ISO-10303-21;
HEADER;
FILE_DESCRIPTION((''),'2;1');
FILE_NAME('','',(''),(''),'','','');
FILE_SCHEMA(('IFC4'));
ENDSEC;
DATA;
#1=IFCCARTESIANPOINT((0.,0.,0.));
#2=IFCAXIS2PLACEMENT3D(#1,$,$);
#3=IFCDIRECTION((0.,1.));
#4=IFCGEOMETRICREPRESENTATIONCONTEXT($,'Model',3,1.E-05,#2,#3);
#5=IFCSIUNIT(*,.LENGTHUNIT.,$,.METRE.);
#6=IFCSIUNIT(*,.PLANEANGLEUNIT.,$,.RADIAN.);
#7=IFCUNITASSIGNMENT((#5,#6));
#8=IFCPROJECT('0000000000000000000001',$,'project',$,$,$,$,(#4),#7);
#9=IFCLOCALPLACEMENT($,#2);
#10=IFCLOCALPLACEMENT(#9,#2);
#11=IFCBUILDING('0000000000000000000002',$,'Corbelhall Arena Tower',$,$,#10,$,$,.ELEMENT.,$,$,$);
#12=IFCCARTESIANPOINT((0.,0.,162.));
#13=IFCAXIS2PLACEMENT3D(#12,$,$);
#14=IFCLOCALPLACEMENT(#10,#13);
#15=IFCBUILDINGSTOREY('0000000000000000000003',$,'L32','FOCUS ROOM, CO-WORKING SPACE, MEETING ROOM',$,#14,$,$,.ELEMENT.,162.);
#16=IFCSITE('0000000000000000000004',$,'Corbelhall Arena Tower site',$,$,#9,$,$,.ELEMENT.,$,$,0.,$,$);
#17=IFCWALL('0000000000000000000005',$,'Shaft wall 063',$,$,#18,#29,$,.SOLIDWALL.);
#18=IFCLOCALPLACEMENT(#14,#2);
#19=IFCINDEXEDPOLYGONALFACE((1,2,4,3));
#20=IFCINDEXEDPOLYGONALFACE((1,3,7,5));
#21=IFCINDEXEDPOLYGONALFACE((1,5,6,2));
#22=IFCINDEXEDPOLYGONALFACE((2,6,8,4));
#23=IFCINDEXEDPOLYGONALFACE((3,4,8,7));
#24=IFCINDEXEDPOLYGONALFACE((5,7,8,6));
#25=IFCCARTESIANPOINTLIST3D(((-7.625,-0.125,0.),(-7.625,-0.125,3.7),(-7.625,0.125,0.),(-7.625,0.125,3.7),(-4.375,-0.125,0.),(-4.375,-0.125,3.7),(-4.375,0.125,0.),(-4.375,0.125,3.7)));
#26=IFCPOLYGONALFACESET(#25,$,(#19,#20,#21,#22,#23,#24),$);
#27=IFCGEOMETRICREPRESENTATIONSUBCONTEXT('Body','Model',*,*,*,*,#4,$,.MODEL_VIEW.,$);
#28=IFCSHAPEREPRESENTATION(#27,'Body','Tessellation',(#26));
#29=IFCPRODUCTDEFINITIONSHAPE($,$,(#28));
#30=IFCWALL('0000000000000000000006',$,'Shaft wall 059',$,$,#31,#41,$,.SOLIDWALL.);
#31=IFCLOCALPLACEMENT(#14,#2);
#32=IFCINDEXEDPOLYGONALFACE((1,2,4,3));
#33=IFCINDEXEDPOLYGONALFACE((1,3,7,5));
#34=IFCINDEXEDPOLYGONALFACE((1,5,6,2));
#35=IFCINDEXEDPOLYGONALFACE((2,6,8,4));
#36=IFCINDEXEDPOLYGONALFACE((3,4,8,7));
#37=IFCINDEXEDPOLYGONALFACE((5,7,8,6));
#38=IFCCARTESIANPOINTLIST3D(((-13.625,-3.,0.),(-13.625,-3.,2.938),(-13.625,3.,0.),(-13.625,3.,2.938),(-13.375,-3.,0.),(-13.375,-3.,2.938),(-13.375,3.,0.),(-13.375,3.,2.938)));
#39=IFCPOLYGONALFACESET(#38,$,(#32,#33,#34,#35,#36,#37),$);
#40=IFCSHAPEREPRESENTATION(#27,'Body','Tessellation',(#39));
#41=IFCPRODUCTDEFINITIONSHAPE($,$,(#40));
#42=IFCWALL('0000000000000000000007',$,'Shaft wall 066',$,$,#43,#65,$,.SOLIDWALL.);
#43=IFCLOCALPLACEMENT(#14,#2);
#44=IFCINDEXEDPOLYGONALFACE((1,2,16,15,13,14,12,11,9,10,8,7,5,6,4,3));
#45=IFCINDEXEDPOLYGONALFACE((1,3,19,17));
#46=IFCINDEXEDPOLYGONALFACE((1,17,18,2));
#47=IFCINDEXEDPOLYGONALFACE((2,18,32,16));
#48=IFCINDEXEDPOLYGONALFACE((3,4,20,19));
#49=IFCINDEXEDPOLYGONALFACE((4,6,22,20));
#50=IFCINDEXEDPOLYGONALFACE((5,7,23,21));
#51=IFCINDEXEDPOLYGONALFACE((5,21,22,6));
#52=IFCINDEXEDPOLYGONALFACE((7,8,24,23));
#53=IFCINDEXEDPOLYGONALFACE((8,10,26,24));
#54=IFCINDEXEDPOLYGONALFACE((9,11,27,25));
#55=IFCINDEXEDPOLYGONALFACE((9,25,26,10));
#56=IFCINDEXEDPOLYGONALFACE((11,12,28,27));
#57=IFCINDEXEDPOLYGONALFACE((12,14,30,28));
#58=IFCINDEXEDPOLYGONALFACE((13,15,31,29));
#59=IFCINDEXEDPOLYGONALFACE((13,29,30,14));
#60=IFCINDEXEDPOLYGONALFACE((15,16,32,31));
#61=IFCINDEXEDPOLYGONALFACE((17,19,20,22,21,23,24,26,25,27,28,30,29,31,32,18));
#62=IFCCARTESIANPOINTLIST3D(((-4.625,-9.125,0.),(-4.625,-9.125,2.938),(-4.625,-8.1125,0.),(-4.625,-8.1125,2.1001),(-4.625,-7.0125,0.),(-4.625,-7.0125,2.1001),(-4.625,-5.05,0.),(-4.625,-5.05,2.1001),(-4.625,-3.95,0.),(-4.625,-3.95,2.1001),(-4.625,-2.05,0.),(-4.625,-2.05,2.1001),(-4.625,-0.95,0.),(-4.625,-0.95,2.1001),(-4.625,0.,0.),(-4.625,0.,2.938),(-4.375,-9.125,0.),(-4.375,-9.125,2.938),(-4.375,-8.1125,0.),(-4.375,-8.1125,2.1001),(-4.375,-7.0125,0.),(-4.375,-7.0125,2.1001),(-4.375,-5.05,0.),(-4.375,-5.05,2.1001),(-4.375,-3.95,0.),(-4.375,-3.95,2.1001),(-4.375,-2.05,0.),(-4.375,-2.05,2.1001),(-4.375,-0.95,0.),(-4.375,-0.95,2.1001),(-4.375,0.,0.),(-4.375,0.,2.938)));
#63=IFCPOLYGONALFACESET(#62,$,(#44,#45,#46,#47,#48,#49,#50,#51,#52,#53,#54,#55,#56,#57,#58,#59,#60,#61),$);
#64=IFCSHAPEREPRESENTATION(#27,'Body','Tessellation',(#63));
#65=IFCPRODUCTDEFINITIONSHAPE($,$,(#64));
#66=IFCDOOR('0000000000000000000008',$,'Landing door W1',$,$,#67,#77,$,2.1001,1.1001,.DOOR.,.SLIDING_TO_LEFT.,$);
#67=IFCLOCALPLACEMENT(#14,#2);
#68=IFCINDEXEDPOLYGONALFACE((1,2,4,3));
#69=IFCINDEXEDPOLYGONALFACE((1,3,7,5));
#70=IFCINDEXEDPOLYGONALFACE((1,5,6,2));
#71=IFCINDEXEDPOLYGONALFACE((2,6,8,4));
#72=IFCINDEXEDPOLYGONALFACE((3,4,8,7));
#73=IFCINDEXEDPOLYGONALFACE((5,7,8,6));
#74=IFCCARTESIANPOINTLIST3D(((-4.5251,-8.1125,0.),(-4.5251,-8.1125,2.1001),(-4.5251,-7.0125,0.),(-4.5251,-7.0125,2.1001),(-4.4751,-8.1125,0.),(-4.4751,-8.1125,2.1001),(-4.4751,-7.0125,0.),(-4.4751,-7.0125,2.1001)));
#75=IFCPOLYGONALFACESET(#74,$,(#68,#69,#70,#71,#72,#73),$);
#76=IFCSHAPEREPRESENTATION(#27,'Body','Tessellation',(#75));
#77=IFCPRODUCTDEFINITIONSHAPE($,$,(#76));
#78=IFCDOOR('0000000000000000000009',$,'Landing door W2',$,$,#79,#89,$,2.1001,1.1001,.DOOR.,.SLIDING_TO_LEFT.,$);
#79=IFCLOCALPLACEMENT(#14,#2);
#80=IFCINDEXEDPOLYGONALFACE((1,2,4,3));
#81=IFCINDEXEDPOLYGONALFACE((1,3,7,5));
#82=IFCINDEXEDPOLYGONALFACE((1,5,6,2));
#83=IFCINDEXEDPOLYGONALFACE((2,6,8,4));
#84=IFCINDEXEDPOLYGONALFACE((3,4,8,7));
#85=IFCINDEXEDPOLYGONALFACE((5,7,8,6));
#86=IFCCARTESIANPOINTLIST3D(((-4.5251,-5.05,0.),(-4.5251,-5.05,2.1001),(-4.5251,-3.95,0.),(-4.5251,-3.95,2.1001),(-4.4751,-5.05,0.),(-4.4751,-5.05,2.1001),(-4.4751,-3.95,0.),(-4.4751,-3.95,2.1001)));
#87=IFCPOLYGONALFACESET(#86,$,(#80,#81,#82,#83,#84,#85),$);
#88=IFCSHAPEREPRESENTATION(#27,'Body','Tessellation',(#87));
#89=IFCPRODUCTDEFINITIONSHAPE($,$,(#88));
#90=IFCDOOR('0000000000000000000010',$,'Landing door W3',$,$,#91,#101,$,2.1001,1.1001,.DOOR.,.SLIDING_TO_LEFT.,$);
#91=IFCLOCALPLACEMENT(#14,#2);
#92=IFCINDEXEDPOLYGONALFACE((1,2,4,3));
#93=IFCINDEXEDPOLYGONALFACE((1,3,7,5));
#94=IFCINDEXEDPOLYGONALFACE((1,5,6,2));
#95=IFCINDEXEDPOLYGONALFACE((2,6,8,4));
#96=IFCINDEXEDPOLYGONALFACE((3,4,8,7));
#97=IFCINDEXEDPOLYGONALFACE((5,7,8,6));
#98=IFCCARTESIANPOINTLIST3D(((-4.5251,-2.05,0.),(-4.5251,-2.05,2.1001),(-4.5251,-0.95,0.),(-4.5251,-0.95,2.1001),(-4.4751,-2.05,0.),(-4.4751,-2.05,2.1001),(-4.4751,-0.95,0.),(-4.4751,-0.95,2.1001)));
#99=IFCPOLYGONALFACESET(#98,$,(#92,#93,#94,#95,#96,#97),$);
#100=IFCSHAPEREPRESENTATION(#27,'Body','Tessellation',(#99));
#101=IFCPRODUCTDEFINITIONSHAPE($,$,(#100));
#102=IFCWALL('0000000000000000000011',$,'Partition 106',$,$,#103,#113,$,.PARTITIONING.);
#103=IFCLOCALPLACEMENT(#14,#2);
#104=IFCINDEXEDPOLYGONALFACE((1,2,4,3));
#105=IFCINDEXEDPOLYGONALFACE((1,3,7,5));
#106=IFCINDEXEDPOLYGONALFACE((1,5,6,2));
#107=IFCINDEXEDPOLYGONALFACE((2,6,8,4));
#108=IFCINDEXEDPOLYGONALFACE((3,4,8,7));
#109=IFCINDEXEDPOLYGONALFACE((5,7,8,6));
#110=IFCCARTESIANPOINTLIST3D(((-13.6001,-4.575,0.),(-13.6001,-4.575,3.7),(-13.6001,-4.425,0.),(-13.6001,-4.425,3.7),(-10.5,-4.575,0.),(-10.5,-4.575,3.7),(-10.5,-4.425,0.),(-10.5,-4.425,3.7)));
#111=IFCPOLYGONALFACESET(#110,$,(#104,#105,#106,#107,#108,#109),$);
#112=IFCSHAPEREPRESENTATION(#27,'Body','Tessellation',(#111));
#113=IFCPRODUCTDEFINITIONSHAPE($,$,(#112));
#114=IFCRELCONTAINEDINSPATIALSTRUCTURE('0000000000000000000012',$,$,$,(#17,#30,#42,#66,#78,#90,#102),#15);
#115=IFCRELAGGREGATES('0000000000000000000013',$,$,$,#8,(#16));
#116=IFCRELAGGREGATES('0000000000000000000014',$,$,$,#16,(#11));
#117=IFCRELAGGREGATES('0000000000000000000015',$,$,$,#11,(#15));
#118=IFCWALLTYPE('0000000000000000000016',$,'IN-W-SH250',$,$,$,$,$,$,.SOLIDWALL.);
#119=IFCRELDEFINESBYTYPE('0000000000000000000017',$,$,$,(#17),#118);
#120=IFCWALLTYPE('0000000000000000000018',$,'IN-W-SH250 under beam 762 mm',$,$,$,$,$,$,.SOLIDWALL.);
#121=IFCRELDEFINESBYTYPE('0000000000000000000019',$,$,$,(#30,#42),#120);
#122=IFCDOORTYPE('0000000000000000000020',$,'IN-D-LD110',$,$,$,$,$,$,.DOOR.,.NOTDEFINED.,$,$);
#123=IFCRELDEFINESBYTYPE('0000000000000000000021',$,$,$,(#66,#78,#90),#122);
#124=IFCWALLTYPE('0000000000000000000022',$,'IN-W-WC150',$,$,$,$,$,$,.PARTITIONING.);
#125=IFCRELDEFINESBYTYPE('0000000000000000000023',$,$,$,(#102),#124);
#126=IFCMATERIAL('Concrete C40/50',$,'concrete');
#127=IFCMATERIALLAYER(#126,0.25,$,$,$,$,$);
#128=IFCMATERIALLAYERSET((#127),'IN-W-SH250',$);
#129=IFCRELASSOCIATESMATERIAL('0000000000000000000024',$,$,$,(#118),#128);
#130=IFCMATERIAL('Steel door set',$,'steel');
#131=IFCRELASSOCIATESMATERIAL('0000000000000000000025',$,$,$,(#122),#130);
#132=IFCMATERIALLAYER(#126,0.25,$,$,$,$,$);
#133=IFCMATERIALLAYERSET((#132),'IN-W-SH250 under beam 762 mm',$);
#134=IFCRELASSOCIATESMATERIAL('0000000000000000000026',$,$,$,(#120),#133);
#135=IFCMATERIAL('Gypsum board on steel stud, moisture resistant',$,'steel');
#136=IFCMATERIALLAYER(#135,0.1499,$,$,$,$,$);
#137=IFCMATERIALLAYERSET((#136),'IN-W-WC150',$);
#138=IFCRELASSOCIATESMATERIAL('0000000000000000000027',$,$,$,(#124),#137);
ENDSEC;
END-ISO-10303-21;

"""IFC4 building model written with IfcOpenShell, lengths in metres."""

from ifc_helpers import new_model, si_unit, direction, frame, frame_2d, origin, place, context, subcontext, project, spatial, rectangle, extrude, material, layer, layer_set, type_object, element, fill, save


model = new_model("IFC4")

# Units and contexts
model_context = context("Model", 3, precision=1e-05, world=origin(), true_north=direction((0.0, 1.0)))
body_context = subcontext(model_context, "Body", "Model", "MODEL_VIEW")
ifc_project = project(units=[si_unit("LENGTHUNIT", "METRE"), si_unit("PLANEANGLEUNIT", "RADIAN")], contexts=[model_context])

# Site, building, storey
site_placement = place(None, origin())
site = spatial("IfcSite", under=ifc_project, at=site_placement, Name="Corbelhall Arena Tower site", CompositionType="ELEMENT", RefElevation=0.0)
building_placement = place(site_placement, origin())
building = spatial("IfcBuilding", under=site, at=building_placement, Name="Corbelhall Arena Tower", CompositionType="ELEMENT")
storey_placement = place(building_placement, frame((0.0, 0.0, 162.0)))
storey = spatial("IfcBuildingStorey", under=building, at=storey_placement, Name="L32", Description="FOCUS ROOM, CO-WORKING SPACE, MEETING ROOM", CompositionType="ELEMENT", Elevation=162.0)

# Shared definitions
ifc_material_1 = material(Name="Steel door set", Category="steel")

# Shared definitions
ifc_material_2 = material(Name="Concrete C40/50", Category="concrete")
ifc_layer_1 = layer(ifc_material_2, 0.25)
ifc_layer_set_1 = layer_set([ifc_layer_1], Name="IN-W-SH250")
wall_type_1 = type_object("IfcWallType", Name="IN-W-SH250", PredefinedType="SOLIDWALL", material=ifc_layer_set_1)

# Shared definitions
door_type_1 = type_object("IfcDoorType", Name="IN-D-LD110", OperationType="NOTDEFINED", PredefinedType="DOOR", material=ifc_material_1)

# Walls
wall_1_placement = place(storey_placement, frame((-7.625, 0.0, 0.0), z_axis=(0.0, 0.0, 1.0), x_axis=(1.0, 0.0, 0.0)))
element("IfcWall", 1, at=wall_1_placement, inside=storey, type_object=wall_type_1, Name="Shaft wall 063", PredefinedType="SOLIDWALL", context=body_context, shape_type="SweptSolid", body=[
    extrude(rectangle(XDim=3.25, YDim=0.25, at=frame_2d((1.625, 0.0))), origin(), (0.0, 0.0, 1.0), 3.7),
])
ifc_layer_2 = layer(ifc_material_2, 0.25)
ifc_layer_set_2 = layer_set([ifc_layer_2], Name="IN-W-SH250 under beam 762 mm")
wall_type_2 = type_object("IfcWallType", Name="IN-W-SH250 under beam 762 mm", PredefinedType="SOLIDWALL", material=ifc_layer_set_2)
wall_2_placement = place(storey_placement, frame((-13.5, -3.0, 0.0), z_axis=(0.0, 0.0, 1.0), x_axis=(0.0, 1.0, 0.0)))
element("IfcWall", 2, at=wall_2_placement, inside=storey, type_object=wall_type_2, Name="Shaft wall 059", PredefinedType="SOLIDWALL", context=body_context, shape_type="SweptSolid", body=[
    extrude(rectangle(XDim=6.0, YDim=0.25, at=frame_2d((3.0, 0.0))), origin(), (0.0, 0.0, 1.0), 2.938),
])

# Wall, openings, doors
wall_3_placement = place(storey_placement, frame((-4.5, 0.0, 0.0), z_axis=(0.0, 0.0, 1.0), x_axis=(0.0, -1.0, 0.0)))
wall_3 = element("IfcWall", 3, at=wall_3_placement, inside=storey, type_object=wall_type_2, Name="Shaft wall 066", PredefinedType="SOLIDWALL", context=body_context, shape_type="SweptSolid", body=[
    extrude(rectangle(XDim=9.125, YDim=0.25, at=frame_2d((4.5625, 0.0))), origin(), (0.0, 0.0, 1.0), 2.938),
])
opening_1_placement = place(wall_3_placement, frame((7.0125, 0.0, 0.0)))
opening_1 = element("IfcOpeningElement", 4, at=opening_1_placement, cuts=wall_3, PredefinedType="OPENING", context=body_context, shape_type="SweptSolid", body=[
    extrude(rectangle(XDim=1.1001, YDim=2.1001, at=frame_2d((0.55, 1.05))), frame((0.0, 0.125, 0.0), z_axis=(0.0, -1.0, 0.0), x_axis=(1.0, 0.0, 0.0)), (0.0, 0.0, 1.0), 0.25),
])
opening_2_placement = place(wall_3_placement, frame((3.95, 0.0, 0.0)))
opening_2 = element("IfcOpeningElement", 5, at=opening_2_placement, cuts=wall_3, PredefinedType="OPENING", context=body_context, shape_type="SweptSolid", body=[
    extrude(rectangle(XDim=1.1001, YDim=2.1001, at=frame_2d((0.55, 1.05))), frame((0.0, 0.125, 0.0), z_axis=(0.0, -1.0, 0.0), x_axis=(1.0, 0.0, 0.0)), (0.0, 0.0, 1.0), 0.25),
])
opening_3_placement = place(wall_3_placement, frame((0.95, 0.0, 0.0)))
opening_3 = element("IfcOpeningElement", 6, at=opening_3_placement, cuts=wall_3, PredefinedType="OPENING", context=body_context, shape_type="SweptSolid", body=[
    extrude(rectangle(XDim=1.1001, YDim=2.1001, at=frame_2d((0.55, 1.05))), frame((0.0, 0.125, 0.0), z_axis=(0.0, -1.0, 0.0), x_axis=(1.0, 0.0, 0.0)), (0.0, 0.0, 1.0), 0.25),
])
door_1_placement = place(opening_1_placement, origin())
door_1 = element("IfcDoor", 7, at=door_1_placement, inside=storey, type_object=door_type_1, Name="Landing door W1", OperationType="SLIDING_TO_LEFT", OverallHeight=2.1001, OverallWidth=1.1001, PredefinedType="DOOR", context=body_context, shape_type="SweptSolid", body=[
    extrude(rectangle(XDim=1.1001, YDim=2.1001, at=frame_2d((0.55, 1.05))), frame((0.0, 0.0249, 0.0), z_axis=(0.0, -1.0, 0.0), x_axis=(1.0, 0.0, 0.0)), (0.0, 0.0, 1.0), 0.05),
])
fill(opening_1, door_1)
door_2_placement = place(opening_2_placement, origin())
door_2 = element("IfcDoor", 8, at=door_2_placement, inside=storey, type_object=door_type_1, Name="Landing door W2", OperationType="SLIDING_TO_LEFT", OverallHeight=2.1001, OverallWidth=1.1001, PredefinedType="DOOR", context=body_context, shape_type="SweptSolid", body=[
    extrude(rectangle(XDim=1.1001, YDim=2.1001, at=frame_2d((0.55, 1.05))), frame((0.0, 0.0249, 0.0), z_axis=(0.0, -1.0, 0.0), x_axis=(1.0, 0.0, 0.0)), (0.0, 0.0, 1.0), 0.05),
])
fill(opening_2, door_2)
door_3_placement = place(opening_3_placement, origin())
door_3 = element("IfcDoor", 9, at=door_3_placement, inside=storey, type_object=door_type_1, Name="Landing door W3", OperationType="SLIDING_TO_LEFT", OverallHeight=2.1001, OverallWidth=1.1001, PredefinedType="DOOR", context=body_context, shape_type="SweptSolid", body=[
    extrude(rectangle(XDim=1.1001, YDim=2.1001, at=frame_2d((0.55, 1.05))), frame((0.0, 0.0249, 0.0), z_axis=(0.0, -1.0, 0.0), x_axis=(1.0, 0.0, 0.0)), (0.0, 0.0, 1.0), 0.05),
])
fill(opening_3, door_3)

# Wall
ifc_material_3 = material(Name="Gypsum board on steel stud, moisture resistant", Category="steel")
ifc_layer_3 = layer(ifc_material_3, 0.1499)
ifc_layer_set_3 = layer_set([ifc_layer_3], Name="IN-W-WC150")
wall_type_3 = type_object("IfcWallType", Name="IN-W-WC150", PredefinedType="PARTITIONING", material=ifc_layer_set_3)
wall_4_placement = place(storey_placement, frame((-13.6001, -4.5, 0.0), z_axis=(0.0, 0.0, 1.0), x_axis=(1.0, 0.0, 0.0)))
element("IfcWall", 10, at=wall_4_placement, inside=storey, type_object=wall_type_3, Name="Partition 106", PredefinedType="PARTITIONING", context=body_context, shape_type="SweptSolid", body=[
    extrude(rectangle(XDim=3.1001, YDim=0.1499, at=frame_2d((1.55, 0.0))), origin(), (0.0, 0.0, 1.0), 3.7),
])

save(model, "model.ifc")
